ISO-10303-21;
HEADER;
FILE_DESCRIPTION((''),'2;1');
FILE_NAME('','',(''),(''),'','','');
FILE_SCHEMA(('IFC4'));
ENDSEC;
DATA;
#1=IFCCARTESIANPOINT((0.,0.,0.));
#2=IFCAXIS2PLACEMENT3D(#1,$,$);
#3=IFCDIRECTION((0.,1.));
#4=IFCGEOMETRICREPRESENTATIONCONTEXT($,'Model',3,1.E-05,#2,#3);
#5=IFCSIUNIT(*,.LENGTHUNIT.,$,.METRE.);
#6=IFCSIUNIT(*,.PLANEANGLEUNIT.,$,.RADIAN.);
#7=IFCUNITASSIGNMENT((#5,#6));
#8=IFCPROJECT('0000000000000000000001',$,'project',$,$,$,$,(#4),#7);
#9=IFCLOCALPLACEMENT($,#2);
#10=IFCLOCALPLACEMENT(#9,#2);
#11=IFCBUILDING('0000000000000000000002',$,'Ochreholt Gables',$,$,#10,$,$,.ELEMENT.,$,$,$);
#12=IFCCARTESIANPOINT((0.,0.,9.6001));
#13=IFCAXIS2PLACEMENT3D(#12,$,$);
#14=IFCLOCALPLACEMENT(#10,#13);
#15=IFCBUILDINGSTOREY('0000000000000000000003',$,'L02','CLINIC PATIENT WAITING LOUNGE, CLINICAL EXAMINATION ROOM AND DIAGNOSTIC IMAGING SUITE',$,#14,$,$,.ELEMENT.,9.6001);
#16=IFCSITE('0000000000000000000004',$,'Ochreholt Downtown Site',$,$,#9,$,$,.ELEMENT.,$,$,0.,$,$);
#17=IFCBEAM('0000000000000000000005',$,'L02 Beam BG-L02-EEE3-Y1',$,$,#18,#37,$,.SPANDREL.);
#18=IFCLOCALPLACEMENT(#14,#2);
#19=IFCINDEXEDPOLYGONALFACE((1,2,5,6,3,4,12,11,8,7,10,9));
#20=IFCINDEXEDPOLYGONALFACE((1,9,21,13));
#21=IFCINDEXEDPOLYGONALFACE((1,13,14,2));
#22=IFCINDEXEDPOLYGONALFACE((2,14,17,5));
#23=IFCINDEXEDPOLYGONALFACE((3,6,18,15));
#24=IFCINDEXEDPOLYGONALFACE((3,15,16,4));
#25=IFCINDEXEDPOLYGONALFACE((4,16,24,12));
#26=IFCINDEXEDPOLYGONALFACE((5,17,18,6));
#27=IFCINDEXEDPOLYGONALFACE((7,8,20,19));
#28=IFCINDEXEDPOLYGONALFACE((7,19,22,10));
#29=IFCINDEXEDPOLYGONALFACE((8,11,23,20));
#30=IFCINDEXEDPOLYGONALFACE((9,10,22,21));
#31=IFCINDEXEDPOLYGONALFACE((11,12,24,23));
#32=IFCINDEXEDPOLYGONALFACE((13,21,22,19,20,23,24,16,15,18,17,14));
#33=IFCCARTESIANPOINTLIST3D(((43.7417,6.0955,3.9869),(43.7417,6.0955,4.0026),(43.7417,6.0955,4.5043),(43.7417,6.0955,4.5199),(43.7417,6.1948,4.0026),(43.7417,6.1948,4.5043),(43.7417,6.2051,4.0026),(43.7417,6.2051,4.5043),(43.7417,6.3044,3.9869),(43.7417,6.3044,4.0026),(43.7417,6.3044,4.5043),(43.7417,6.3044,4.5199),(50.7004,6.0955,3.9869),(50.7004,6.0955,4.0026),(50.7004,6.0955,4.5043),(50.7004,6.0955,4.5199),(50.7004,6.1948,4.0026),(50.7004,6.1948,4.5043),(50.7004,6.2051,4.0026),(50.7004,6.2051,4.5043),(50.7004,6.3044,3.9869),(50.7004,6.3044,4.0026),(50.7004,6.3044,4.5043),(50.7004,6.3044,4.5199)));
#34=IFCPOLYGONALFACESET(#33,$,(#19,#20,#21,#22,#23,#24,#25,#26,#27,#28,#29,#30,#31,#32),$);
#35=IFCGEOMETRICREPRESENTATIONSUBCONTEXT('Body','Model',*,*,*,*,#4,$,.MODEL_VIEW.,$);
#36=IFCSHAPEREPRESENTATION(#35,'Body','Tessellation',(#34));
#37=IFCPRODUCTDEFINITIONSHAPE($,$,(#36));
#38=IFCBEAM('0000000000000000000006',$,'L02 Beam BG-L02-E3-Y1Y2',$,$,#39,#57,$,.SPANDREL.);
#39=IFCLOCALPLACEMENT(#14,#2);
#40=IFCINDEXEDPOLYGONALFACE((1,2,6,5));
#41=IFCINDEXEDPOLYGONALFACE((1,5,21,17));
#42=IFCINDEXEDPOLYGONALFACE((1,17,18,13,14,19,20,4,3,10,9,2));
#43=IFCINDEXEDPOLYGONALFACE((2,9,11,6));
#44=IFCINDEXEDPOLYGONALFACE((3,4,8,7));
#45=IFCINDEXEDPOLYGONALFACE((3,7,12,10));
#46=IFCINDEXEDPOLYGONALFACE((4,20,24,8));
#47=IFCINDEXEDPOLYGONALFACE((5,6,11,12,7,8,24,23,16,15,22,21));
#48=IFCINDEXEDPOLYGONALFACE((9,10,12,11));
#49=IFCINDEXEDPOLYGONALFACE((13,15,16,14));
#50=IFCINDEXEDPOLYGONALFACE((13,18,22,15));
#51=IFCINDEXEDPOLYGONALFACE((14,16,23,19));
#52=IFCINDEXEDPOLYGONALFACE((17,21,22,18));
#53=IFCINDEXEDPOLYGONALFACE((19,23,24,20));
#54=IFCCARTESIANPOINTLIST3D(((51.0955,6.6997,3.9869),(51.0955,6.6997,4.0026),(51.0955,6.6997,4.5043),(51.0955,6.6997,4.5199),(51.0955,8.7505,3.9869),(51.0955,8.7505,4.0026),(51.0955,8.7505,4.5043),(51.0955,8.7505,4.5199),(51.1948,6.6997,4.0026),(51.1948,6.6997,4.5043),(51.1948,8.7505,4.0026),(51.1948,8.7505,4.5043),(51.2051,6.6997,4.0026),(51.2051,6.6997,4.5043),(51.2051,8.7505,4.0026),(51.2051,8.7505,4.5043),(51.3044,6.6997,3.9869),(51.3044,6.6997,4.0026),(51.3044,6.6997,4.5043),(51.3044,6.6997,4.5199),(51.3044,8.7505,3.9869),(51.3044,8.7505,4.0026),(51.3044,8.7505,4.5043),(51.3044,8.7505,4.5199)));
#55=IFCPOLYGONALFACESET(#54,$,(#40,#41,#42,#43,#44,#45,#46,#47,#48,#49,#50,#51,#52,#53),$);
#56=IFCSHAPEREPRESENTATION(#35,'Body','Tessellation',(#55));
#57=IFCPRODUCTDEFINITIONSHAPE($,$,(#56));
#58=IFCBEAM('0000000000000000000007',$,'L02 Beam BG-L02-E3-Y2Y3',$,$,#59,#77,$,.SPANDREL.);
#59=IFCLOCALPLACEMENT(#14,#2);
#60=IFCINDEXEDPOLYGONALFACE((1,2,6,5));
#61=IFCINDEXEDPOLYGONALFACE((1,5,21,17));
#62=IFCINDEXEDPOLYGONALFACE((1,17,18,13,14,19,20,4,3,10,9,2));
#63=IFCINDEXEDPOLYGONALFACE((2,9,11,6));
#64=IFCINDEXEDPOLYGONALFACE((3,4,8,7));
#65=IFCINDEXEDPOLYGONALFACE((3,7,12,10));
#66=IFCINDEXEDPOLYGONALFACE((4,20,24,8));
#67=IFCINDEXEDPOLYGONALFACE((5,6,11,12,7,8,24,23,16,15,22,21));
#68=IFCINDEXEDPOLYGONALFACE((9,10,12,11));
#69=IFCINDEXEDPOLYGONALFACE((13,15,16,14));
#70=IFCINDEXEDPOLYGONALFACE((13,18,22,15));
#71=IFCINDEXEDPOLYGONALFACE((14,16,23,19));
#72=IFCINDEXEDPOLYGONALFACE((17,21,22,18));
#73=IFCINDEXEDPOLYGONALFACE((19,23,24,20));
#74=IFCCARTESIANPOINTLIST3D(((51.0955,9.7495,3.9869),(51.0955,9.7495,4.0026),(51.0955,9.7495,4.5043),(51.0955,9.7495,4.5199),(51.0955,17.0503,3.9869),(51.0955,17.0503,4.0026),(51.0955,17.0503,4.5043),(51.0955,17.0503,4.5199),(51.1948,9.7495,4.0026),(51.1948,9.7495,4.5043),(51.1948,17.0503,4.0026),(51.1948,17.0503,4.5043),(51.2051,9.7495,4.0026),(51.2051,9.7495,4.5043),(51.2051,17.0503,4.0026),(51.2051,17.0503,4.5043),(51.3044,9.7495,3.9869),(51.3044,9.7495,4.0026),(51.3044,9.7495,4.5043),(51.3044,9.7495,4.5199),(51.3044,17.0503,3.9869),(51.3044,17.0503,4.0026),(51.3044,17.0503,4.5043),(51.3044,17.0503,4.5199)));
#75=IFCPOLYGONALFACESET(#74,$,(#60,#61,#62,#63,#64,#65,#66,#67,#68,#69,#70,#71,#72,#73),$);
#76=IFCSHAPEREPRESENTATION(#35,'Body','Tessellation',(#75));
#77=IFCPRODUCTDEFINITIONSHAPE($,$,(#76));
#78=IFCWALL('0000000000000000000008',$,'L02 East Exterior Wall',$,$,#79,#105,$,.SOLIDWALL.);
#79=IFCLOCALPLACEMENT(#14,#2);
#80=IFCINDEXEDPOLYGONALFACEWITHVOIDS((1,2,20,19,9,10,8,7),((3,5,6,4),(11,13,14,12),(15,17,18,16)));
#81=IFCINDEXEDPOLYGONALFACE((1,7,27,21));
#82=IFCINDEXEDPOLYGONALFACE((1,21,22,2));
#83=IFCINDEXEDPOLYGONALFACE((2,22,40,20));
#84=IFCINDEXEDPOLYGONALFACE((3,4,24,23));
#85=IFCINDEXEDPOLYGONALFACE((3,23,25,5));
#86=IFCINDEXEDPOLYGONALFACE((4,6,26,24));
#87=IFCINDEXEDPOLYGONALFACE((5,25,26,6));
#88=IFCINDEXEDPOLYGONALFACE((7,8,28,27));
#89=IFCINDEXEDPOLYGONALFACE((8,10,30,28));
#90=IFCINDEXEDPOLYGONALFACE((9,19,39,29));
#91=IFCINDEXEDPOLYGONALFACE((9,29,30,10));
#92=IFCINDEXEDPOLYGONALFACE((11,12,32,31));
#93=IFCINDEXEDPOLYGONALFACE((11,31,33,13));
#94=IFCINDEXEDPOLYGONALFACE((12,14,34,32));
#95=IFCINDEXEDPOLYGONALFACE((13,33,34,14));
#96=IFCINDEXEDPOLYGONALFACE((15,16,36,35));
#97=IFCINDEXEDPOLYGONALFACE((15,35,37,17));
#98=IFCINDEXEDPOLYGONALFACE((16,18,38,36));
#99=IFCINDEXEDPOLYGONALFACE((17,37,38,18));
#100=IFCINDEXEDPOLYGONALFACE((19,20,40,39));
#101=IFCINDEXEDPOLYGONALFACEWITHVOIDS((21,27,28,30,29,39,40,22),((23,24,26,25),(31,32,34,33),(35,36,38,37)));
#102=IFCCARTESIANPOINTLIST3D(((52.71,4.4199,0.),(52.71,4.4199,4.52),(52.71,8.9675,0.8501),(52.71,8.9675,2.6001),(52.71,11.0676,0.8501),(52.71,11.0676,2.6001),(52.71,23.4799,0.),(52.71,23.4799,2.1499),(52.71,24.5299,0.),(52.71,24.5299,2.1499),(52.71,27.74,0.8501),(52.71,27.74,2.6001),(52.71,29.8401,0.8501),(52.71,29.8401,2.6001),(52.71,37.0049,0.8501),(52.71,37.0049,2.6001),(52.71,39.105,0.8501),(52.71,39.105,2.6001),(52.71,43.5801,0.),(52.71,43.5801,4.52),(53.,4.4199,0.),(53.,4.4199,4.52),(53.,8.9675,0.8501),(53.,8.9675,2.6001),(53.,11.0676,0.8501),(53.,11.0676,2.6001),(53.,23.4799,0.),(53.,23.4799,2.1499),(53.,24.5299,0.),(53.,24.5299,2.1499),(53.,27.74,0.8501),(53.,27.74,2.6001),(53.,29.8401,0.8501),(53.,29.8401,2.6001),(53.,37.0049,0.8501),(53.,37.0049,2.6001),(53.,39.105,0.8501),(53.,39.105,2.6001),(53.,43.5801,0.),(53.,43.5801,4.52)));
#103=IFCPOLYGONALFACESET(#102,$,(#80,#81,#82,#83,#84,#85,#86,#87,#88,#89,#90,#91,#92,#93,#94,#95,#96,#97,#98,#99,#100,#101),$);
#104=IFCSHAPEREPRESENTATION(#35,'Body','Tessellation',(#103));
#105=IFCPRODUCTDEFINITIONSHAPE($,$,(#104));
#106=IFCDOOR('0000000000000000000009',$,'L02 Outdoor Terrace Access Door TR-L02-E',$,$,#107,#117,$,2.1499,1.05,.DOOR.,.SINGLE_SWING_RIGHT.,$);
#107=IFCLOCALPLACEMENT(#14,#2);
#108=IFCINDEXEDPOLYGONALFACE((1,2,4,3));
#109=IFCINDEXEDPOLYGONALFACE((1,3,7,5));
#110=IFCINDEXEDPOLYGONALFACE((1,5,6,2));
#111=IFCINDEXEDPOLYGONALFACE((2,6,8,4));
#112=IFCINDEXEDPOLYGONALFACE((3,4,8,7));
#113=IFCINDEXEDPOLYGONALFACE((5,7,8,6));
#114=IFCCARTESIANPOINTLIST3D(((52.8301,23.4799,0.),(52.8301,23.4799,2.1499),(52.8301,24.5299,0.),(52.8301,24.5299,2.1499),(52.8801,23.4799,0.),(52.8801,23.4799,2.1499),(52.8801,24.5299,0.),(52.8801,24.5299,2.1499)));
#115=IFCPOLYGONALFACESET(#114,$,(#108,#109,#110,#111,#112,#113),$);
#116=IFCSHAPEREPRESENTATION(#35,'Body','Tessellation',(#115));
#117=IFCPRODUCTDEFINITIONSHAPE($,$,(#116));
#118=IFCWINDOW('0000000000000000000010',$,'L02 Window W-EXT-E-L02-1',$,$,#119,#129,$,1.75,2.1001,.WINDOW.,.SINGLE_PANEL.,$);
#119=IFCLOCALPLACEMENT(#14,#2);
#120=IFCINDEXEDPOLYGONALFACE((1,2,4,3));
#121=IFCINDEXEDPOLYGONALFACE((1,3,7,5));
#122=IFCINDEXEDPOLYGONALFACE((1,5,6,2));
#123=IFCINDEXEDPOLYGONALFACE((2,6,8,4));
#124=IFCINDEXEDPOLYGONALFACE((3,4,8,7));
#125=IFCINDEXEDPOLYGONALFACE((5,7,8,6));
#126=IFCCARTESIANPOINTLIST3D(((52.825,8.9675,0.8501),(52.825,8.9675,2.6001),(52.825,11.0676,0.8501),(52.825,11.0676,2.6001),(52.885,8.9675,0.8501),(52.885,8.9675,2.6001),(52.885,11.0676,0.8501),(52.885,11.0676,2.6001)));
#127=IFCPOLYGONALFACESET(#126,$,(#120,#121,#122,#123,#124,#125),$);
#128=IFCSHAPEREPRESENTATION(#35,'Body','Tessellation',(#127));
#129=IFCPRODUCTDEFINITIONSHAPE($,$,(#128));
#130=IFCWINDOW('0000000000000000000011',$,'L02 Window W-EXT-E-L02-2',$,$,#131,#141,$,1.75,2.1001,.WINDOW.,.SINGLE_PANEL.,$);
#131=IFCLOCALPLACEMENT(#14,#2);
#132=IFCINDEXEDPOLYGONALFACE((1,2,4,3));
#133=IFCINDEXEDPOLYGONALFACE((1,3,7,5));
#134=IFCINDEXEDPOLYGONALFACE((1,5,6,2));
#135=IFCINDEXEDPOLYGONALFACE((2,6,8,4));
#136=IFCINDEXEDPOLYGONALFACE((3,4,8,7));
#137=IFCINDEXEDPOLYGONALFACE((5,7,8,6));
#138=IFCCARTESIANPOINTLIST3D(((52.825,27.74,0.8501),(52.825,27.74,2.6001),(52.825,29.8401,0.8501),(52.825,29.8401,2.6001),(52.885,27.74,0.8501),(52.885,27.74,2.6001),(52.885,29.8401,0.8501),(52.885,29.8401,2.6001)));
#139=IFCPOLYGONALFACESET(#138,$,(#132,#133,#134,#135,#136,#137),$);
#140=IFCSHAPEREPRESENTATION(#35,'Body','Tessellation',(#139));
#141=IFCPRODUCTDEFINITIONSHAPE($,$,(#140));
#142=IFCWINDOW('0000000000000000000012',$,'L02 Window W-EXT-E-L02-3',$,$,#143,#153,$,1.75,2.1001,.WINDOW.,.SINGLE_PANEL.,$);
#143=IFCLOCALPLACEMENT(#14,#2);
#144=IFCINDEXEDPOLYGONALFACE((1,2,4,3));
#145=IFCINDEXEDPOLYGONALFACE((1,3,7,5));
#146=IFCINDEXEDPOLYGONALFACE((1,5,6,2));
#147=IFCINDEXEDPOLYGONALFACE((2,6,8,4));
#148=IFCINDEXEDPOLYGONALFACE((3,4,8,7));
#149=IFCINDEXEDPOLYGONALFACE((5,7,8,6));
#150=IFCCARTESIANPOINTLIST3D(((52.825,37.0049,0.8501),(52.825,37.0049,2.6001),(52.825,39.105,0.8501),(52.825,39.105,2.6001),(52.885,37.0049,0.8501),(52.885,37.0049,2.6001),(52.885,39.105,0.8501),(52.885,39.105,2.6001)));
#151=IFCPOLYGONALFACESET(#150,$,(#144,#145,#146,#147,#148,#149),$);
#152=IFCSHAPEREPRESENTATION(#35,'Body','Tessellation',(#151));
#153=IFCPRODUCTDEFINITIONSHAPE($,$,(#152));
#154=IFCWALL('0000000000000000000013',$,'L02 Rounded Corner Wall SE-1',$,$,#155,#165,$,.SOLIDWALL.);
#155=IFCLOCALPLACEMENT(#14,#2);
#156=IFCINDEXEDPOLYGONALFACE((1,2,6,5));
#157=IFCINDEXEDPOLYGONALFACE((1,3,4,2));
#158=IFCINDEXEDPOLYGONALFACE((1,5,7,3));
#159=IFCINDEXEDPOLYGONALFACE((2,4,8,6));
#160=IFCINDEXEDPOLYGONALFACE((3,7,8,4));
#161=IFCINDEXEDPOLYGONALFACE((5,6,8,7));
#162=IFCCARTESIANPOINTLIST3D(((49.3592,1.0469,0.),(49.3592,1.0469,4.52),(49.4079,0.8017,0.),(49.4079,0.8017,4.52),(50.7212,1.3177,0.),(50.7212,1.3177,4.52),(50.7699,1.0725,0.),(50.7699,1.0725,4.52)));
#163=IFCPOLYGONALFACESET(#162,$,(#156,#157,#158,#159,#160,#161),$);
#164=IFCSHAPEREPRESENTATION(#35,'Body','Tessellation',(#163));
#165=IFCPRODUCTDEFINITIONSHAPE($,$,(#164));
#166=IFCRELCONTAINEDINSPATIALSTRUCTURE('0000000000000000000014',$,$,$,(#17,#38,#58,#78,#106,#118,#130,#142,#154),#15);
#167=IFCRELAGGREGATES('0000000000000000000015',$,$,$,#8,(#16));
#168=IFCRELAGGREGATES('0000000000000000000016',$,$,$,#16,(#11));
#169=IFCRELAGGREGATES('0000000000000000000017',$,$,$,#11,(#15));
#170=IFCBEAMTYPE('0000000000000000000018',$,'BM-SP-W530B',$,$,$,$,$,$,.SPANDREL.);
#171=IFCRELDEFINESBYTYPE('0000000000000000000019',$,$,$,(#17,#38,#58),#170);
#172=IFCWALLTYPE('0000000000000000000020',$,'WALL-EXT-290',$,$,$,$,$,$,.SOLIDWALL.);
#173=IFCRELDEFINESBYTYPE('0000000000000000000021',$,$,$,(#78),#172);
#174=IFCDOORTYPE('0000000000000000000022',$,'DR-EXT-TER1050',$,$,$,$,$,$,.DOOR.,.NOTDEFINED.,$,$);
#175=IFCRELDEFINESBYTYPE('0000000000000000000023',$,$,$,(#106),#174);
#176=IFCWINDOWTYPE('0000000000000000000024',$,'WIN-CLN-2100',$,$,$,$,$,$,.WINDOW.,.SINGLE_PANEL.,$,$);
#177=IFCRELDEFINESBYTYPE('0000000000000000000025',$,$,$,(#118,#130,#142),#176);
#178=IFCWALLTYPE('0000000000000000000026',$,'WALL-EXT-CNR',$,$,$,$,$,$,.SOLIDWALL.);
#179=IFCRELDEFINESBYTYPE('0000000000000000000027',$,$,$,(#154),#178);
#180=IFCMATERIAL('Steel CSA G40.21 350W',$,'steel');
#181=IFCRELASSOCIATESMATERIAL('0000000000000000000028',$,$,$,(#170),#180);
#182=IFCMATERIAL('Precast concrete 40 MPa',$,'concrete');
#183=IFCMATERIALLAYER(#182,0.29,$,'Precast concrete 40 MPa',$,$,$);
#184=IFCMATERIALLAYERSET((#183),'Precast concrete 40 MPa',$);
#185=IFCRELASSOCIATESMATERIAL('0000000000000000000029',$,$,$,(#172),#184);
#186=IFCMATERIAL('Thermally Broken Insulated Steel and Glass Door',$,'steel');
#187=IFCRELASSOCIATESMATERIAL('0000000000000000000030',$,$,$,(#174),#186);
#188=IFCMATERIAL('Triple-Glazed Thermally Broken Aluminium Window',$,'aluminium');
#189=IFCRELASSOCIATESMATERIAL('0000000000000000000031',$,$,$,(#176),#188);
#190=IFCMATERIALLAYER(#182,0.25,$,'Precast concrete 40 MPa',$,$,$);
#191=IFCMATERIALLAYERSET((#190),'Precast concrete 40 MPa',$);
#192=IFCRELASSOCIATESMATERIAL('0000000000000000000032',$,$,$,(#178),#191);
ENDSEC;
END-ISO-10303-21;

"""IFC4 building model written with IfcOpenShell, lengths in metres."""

from ifc_helpers import new_model, si_unit, direction, frame, frame_2d, origin, origin_2d, place, context, subcontext, project, spatial, rectangle, i_section, extrude, material, layer, layer_set, material_profile, profile_set, type_object, element, fill, save


model = new_model("IFC4")

# Units and contexts
model_context = context("Model", 3, precision=1e-05, world=origin(), true_north=direction((0.0, 1.0)))
body_context = subcontext(model_context, "Body", "Model", "MODEL_VIEW")
ifc_project = project(units=[si_unit("LENGTHUNIT", "METRE"), si_unit("PLANEANGLEUNIT", "RADIAN")], contexts=[model_context])

# Site, building, storey
site_placement = place(None, origin())
site = spatial("IfcSite", under=ifc_project, at=site_placement, Name="Ochreholt Downtown Site", CompositionType="ELEMENT", RefElevation=0.0)
building_placement = place(site_placement, origin())
building = spatial("IfcBuilding", under=site, at=building_placement, Name="Ochreholt Gables", CompositionType="ELEMENT")
storey_placement = place(building_placement, frame((0.0, 0.0, 9.6001)))
storey = spatial("IfcBuildingStorey", under=building, at=storey_placement, Name="L02", Description="CLINIC PATIENT WAITING LOUNGE, CLINICAL EXAMINATION ROOM AND DIAGNOSTIC IMAGING SUITE", CompositionType="ELEMENT", Elevation=9.6001)

# Shared definitions
ifc_material_1 = material(Name="Steel CSA G40.21 350W", Category="steel")

# Beams
ifc_material_profile_1 = material_profile(ifc_material_1, i_section(OverallWidth=0.209, OverallDepth=0.533, WebThickness=0.0103, FlangeThickness=0.0156, at=origin_2d()), Name="W530X92")
ifc_profile_set_1 = profile_set([ifc_material_profile_1], Name="Steel CSA G40.21 350W")
beam_type_1 = type_object("IfcBeamType", Name="BM-SP-W530B", PredefinedType="SPANDREL", material=ifc_profile_set_1)
beam_1_placement = place(storey_placement, frame((43.7417, 6.2, 4.2534), z_axis=(1.0, 0.0, 0.0), x_axis=(0.0, 1.0, 0.0)))
element("IfcBeam", 1, at=beam_1_placement, inside=storey, type_object=beam_type_1, Name="L02 Beam BG-L02-EEE3-Y1", PredefinedType="SPANDREL", context=body_context, shape_type="SweptSolid", body=[
    extrude(i_section(OverallWidth=0.209, OverallDepth=0.533, WebThickness=0.0103, FlangeThickness=0.0156, at=origin_2d()), origin(), (0.0, 0.0, 1.0), 6.9587),
])
beam_2_placement = place(storey_placement, frame((51.2, 6.6997, 4.2534), z_axis=(0.0, 1.0, 0.0), x_axis=(-1.0, 0.0, 0.0)))
element("IfcBeam", 2, at=beam_2_placement, inside=storey, type_object=beam_type_1, Name="L02 Beam BG-L02-E3-Y1Y2", PredefinedType="SPANDREL", context=body_context, shape_type="SweptSolid", body=[
    extrude(i_section(OverallWidth=0.209, OverallDepth=0.533, WebThickness=0.0103, FlangeThickness=0.0156, at=origin_2d()), origin(), (0.0, 0.0, 1.0), 2.0508),
])
beam_3_placement = place(storey_placement, frame((51.2, 9.7495, 4.2534), z_axis=(0.0, 1.0, 0.0), x_axis=(-1.0, 0.0, 0.0)))
element("IfcBeam", 3, at=beam_3_placement, inside=storey, type_object=beam_type_1, Name="L02 Beam BG-L02-E3-Y2Y3", PredefinedType="SPANDREL", context=body_context, shape_type="SweptSolid", body=[
    extrude(i_section(OverallWidth=0.209, OverallDepth=0.533, WebThickness=0.0103, FlangeThickness=0.0156, at=origin_2d()), origin(), (0.0, 0.0, 1.0), 7.3008),
])

# Wall, openings, door, windows
ifc_material_2 = material(Name="Precast concrete 40 MPa", Category="concrete")
ifc_layer_1 = layer(ifc_material_2, 0.29, Name="Precast concrete 40 MPa")
ifc_layer_set_1 = layer_set([ifc_layer_1], Name="Precast concrete 40 MPa")
wall_type_1 = type_object("IfcWallType", Name="WALL-EXT-290", PredefinedType="SOLIDWALL", material=ifc_layer_set_1)
wall_1_placement = place(storey_placement, frame((52.855, 4.4199, 0.0), z_axis=(0.0, 0.0, 1.0), x_axis=(0.0, 1.0, 0.0)))
wall_1 = element("IfcWall", 4, at=wall_1_placement, inside=storey, type_object=wall_type_1, Name="L02 East Exterior Wall", PredefinedType="SOLIDWALL", context=body_context, shape_type="SweptSolid", body=[
    extrude(rectangle(XDim=39.1602, YDim=0.29, at=frame_2d((19.5801, 0.0))), origin(), (0.0, 0.0, 1.0), 4.52),
])
opening_1_placement = place(wall_1_placement, frame((19.0601, 0.0, 0.0)))
opening_1 = element("IfcOpeningElement", 5, at=opening_1_placement, cuts=wall_1, PredefinedType="OPENING", context=body_context, shape_type="SweptSolid", body=[
    extrude(rectangle(XDim=1.05, YDim=2.1499, at=frame_2d((0.5249, 1.075))), frame((0.0, 0.155, 0.0), z_axis=(0.0, -1.0, 0.0), x_axis=(1.0, 0.0, 0.0)), (0.0, 0.0, 1.0), 0.3101),
])
opening_2_placement = place(wall_1_placement, frame((4.5476, 0.0, 0.8501)))
opening_2 = element("IfcOpeningElement", 6, at=opening_2_placement, cuts=wall_1, PredefinedType="OPENING", context=body_context, shape_type="SweptSolid", body=[
    extrude(rectangle(XDim=2.1001, YDim=1.75, at=frame_2d((1.05, 0.875))), frame((0.0, 0.155, 0.0), z_axis=(0.0, -1.0, 0.0), x_axis=(1.0, 0.0, 0.0)), (0.0, 0.0, 1.0), 0.3101),
])
opening_3_placement = place(wall_1_placement, frame((23.3201, 0.0, 0.8501)))
opening_3 = element("IfcOpeningElement", 7, at=opening_3_placement, cuts=wall_1, PredefinedType="OPENING", context=body_context, shape_type="SweptSolid", body=[
    extrude(rectangle(XDim=2.1001, YDim=1.75, at=frame_2d((1.05, 0.875))), frame((0.0, 0.155, 0.0), z_axis=(0.0, -1.0, 0.0), x_axis=(1.0, 0.0, 0.0)), (0.0, 0.0, 1.0), 0.3101),
])
opening_4_placement = place(wall_1_placement, frame((32.585, 0.0, 0.8501)))
opening_4 = element("IfcOpeningElement", 8, at=opening_4_placement, cuts=wall_1, PredefinedType="OPENING", context=body_context, shape_type="SweptSolid", body=[
    extrude(rectangle(XDim=2.1001, YDim=1.75, at=frame_2d((1.05, 0.875))), frame((0.0, 0.155, 0.0), z_axis=(0.0, -1.0, 0.0), x_axis=(1.0, 0.0, 0.0)), (0.0, 0.0, 1.0), 0.3101),
])
ifc_material_3 = material(Name="Thermally Broken Insulated Steel and Glass Door", Category="steel")
door_type = type_object("IfcDoorType", Name="DR-EXT-TER1050", OperationType="NOTDEFINED", PredefinedType="DOOR", material=ifc_material_3)
door_placement = place(opening_1_placement, origin())
door = element("IfcDoor", 9, at=door_placement, inside=storey, type_object=door_type, Name="L02 Outdoor Terrace Access Door TR-L02-E", OperationType="SINGLE_SWING_RIGHT", OverallHeight=2.1499, OverallWidth=1.05, PredefinedType="DOOR", context=body_context, shape_type="SweptSolid", body=[
    extrude(rectangle(XDim=1.05, YDim=2.1499, at=frame_2d((0.5249, 1.075))), frame((0.0, 0.0249, 0.0), z_axis=(0.0, -1.0, 0.0), x_axis=(1.0, 0.0, 0.0)), (0.0, 0.0, 1.0), 0.05),
])
fill(opening_1, door)
ifc_material_4 = material(Name="Triple-Glazed Thermally Broken Aluminium Window", Category="aluminium")
window_type = type_object("IfcWindowType", Name="WIN-CLN-2100", PartitioningType="SINGLE_PANEL", PredefinedType="WINDOW", material=ifc_material_4)
window_1_placement = place(opening_2_placement, origin())
window_1 = element("IfcWindow", 10, at=window_1_placement, inside=storey, type_object=window_type, Name="L02 Window W-EXT-E-L02-1", OverallHeight=1.75, OverallWidth=2.1001, PartitioningType="SINGLE_PANEL", PredefinedType="WINDOW", context=body_context, shape_type="SweptSolid", body=[
    extrude(rectangle(XDim=2.1001, YDim=1.75, at=frame_2d((1.05, 0.875))), frame((0.0, 0.03, 0.0), z_axis=(0.0, -1.0, 0.0), x_axis=(1.0, 0.0, 0.0)), (0.0, 0.0, 1.0), 0.0601),
])
fill(opening_2, window_1)
window_2_placement = place(opening_3_placement, origin())
window_2 = element("IfcWindow", 11, at=window_2_placement, inside=storey, type_object=window_type, Name="L02 Window W-EXT-E-L02-2", OverallHeight=1.75, OverallWidth=2.1001, PartitioningType="SINGLE_PANEL", PredefinedType="WINDOW", context=body_context, shape_type="SweptSolid", body=[
    extrude(rectangle(XDim=2.1001, YDim=1.75, at=frame_2d((1.05, 0.875))), frame((0.0, 0.03, 0.0), z_axis=(0.0, -1.0, 0.0), x_axis=(1.0, 0.0, 0.0)), (0.0, 0.0, 1.0), 0.0601),
])
fill(opening_3, window_2)
window_3_placement = place(opening_4_placement, origin())
window_3 = element("IfcWindow", 12, at=window_3_placement, inside=storey, type_object=window_type, Name="L02 Window W-EXT-E-L02-3", OverallHeight=1.75, OverallWidth=2.1001, PartitioningType="SINGLE_PANEL", PredefinedType="WINDOW", context=body_context, shape_type="SweptSolid", body=[
    extrude(rectangle(XDim=2.1001, YDim=1.75, at=frame_2d((1.05, 0.875))), frame((0.0, 0.03, 0.0), z_axis=(0.0, -1.0, 0.0), x_axis=(1.0, 0.0, 0.0)), (0.0, 0.0, 1.0), 0.0601),
])
fill(opening_4, window_3)

# Wall
ifc_layer_2 = layer(ifc_material_2, 0.25, Name="Precast concrete 40 MPa")
ifc_layer_set_2 = layer_set([ifc_layer_2], Name="Precast concrete 40 MPa")
wall_type_2 = type_object("IfcWallType", Name="WALL-EXT-CNR", PredefinedType="SOLIDWALL", material=ifc_layer_set_2)
wall_2_placement = place(storey_placement, frame((49.3835, 0.9243, 0.0), z_axis=(0.0, 0.0, 1.0), x_axis=(0.98081, 0.194967, 0.0)))
element("IfcWall", 13, at=wall_2_placement, inside=storey, type_object=wall_type_2, Name="L02 Rounded Corner Wall SE-1", PredefinedType="SOLIDWALL", context=body_context, shape_type="SweptSolid", body=[
    extrude(rectangle(XDim=1.3887, YDim=0.25, at=frame_2d((0.6943, 0.0))), origin(), (0.0, 0.0, 1.0), 4.52),
])

save(model, "model.ifc")
